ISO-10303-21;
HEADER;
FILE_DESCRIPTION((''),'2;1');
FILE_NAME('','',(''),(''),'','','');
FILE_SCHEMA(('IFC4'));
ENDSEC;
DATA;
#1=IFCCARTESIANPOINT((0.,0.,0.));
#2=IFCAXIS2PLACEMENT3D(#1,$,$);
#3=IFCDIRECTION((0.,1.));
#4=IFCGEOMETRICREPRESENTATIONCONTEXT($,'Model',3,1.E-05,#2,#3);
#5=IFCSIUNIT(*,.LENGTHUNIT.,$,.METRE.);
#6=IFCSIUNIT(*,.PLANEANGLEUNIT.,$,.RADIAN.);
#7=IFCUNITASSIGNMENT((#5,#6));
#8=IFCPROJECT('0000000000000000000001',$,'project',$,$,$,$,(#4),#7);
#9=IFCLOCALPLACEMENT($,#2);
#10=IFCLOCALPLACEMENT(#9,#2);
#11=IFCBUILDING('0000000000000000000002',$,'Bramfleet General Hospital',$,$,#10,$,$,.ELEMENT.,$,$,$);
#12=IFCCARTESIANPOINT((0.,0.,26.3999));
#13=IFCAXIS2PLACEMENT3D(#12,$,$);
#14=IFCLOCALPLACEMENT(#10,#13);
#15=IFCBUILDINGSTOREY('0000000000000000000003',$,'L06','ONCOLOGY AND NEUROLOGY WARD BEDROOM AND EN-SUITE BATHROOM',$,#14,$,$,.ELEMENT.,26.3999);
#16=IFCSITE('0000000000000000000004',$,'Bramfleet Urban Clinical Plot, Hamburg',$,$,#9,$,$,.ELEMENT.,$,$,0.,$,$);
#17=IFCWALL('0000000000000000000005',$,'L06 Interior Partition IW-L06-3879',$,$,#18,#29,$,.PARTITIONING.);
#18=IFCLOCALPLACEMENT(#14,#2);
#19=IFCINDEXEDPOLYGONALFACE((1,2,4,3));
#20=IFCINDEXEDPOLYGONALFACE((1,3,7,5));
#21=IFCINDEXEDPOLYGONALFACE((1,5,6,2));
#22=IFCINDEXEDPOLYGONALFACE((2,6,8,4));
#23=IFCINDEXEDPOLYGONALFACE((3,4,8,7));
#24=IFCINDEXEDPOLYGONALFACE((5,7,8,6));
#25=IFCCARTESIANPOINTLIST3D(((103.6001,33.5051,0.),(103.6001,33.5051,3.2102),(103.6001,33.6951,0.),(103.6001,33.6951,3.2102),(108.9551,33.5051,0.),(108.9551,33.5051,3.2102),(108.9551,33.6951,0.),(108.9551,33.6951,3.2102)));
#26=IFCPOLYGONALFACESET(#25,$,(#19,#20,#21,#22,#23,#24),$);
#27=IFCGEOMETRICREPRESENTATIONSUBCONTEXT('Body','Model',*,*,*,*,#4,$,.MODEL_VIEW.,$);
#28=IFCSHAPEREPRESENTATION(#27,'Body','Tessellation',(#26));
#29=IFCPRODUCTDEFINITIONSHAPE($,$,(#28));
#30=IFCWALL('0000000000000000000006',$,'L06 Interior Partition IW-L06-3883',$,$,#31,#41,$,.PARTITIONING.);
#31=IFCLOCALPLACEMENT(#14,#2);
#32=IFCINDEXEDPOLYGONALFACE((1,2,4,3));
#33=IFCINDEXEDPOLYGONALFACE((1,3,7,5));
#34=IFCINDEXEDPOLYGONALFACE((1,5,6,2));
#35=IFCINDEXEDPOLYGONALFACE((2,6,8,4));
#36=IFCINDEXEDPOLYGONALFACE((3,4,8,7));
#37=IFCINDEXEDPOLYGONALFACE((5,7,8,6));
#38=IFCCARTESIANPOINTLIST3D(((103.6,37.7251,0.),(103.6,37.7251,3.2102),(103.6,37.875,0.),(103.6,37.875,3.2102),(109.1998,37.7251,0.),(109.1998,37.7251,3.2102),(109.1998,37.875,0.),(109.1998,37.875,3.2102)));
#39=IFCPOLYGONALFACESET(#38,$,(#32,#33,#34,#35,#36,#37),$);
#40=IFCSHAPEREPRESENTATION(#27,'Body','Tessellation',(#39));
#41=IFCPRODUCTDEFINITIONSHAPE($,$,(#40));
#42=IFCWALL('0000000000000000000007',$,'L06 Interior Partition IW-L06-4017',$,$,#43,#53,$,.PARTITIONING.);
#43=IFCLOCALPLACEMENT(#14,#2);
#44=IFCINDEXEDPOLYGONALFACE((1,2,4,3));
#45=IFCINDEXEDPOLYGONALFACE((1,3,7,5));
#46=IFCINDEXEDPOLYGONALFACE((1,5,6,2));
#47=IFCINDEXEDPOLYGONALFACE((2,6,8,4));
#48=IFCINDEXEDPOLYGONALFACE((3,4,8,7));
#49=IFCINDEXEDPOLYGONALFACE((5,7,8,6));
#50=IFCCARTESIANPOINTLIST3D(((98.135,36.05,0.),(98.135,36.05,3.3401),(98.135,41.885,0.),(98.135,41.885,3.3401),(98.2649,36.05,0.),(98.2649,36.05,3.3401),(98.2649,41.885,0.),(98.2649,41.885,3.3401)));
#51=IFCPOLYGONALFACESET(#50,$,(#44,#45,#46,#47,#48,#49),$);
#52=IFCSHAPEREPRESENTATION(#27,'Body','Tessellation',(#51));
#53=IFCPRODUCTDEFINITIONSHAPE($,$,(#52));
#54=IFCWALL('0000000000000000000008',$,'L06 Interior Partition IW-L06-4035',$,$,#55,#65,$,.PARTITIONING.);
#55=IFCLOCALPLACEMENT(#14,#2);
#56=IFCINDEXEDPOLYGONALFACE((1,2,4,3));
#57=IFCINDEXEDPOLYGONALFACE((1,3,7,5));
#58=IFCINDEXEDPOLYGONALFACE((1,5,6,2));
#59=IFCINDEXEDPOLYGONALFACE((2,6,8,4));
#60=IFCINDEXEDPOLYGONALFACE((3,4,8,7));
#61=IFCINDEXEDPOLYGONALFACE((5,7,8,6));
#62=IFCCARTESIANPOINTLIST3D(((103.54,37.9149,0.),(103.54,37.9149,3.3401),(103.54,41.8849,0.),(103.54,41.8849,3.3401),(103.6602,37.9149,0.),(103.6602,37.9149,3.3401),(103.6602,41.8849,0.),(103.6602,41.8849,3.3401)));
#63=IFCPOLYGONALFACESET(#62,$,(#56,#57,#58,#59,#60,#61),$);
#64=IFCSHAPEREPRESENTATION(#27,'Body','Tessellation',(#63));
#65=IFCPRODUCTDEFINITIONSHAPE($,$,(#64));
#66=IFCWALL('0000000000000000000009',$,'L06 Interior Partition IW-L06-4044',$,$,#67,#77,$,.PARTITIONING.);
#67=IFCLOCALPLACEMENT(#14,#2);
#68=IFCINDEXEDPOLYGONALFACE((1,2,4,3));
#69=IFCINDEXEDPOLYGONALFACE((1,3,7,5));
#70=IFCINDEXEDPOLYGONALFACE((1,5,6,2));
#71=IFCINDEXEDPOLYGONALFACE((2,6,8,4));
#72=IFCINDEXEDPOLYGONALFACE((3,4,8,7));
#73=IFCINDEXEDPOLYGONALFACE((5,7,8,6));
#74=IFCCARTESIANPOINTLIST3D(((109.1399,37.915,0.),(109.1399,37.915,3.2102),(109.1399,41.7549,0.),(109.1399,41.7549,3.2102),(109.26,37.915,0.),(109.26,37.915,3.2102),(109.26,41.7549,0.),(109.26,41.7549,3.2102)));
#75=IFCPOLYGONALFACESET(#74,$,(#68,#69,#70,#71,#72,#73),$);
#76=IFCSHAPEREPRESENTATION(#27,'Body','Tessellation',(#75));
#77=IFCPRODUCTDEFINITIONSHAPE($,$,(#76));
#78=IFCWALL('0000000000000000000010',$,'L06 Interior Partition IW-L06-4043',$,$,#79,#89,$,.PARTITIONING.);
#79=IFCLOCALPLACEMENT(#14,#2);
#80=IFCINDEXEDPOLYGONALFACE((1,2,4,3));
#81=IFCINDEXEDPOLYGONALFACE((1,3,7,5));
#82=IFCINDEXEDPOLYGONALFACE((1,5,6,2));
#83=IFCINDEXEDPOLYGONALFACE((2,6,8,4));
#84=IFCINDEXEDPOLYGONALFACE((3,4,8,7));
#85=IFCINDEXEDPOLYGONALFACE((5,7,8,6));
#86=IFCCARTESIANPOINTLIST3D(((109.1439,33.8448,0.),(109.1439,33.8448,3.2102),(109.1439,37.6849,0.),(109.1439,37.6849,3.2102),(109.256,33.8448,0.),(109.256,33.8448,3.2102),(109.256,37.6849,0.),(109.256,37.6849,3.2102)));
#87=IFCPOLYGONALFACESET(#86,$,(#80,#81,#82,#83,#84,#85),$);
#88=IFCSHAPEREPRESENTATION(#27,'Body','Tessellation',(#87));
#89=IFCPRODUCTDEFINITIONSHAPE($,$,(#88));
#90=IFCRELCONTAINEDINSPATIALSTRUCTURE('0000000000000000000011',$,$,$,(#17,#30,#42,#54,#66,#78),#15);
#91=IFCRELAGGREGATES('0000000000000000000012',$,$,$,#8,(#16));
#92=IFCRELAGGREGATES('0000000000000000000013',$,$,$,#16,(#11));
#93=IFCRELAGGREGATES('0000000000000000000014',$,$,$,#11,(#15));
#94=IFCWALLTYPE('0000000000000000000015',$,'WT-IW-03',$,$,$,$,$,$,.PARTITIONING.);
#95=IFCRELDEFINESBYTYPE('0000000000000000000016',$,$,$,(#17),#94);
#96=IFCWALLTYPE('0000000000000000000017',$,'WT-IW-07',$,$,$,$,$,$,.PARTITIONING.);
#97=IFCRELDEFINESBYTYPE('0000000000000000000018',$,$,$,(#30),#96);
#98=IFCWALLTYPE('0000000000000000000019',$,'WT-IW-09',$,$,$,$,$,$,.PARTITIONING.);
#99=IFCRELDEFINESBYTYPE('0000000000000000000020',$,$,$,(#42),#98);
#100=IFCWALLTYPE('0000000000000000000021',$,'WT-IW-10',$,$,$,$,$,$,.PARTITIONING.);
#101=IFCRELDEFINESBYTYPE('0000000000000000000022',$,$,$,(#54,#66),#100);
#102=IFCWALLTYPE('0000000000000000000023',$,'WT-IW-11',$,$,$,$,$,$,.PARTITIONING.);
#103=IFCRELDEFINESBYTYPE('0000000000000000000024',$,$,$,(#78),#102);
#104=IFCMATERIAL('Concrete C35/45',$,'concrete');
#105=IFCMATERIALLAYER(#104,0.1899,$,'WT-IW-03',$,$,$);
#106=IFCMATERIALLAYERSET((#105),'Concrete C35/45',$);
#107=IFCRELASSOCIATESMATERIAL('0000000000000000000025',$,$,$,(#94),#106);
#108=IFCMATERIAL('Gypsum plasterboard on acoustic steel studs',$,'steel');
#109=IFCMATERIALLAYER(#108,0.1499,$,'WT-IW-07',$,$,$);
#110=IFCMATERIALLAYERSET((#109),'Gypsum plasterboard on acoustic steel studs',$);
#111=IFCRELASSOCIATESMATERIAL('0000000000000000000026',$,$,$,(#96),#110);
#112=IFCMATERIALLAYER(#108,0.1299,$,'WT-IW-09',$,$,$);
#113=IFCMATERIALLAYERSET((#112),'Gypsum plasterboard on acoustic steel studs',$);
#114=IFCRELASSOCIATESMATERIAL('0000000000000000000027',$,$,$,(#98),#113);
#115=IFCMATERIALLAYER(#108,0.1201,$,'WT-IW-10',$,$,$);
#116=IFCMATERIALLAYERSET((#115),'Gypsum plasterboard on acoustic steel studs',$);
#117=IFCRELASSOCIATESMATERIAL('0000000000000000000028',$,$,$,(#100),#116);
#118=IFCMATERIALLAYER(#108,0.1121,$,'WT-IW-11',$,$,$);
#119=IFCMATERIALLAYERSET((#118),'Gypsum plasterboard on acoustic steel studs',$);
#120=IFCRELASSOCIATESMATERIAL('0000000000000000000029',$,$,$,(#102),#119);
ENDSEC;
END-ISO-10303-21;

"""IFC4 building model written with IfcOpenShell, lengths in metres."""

from ifc_helpers import new_model, si_unit, direction, frame, frame_2d, origin, place, context, subcontext, project, spatial, rectangle, extrude, material, layer, layer_set, type_object, element, save


model = new_model("IFC4")

# Units and contexts
model_context = context("Model", 3, precision=1e-05, world=origin(), true_north=direction((0.0, 1.0)))
body_context = subcontext(model_context, "Body", "Model", "MODEL_VIEW")
ifc_project = project(units=[si_unit("LENGTHUNIT", "METRE"), si_unit("PLANEANGLEUNIT", "RADIAN")], contexts=[model_context])

# Site, building, storey
site_placement = place(None, origin())
site = spatial("IfcSite", under=ifc_project, at=site_placement, Name="Bramfleet Urban Clinical Plot, Hamburg", CompositionType="ELEMENT", RefElevation=0.0)
building_placement = place(site_placement, origin())
building = spatial("IfcBuilding", under=site, at=building_placement, Name="Bramfleet General Hospital", CompositionType="ELEMENT")
storey_placement = place(building_placement, frame((0.0, 0.0, 26.3999)))
storey = spatial("IfcBuildingStorey", under=building, at=storey_placement, Name="L06", Description="ONCOLOGY AND NEUROLOGY WARD BEDROOM AND EN-SUITE BATHROOM", CompositionType="ELEMENT", Elevation=26.3999)

# Shared definitions
ifc_material_1 = material(Name="Concrete C35/45", Category="concrete")

# Walls
ifc_layer_1 = layer(ifc_material_1, 0.1899, Name="WT-IW-03")
ifc_layer_set_1 = layer_set([ifc_layer_1], Name="Concrete C35/45")
wall_type_1 = type_object("IfcWallType", Name="WT-IW-03", PredefinedType="PARTITIONING", material=ifc_layer_set_1)
wall_1_placement = place(storey_placement, frame((103.6001, 33.6001, 0.0), z_axis=(0.0, 0.0, 1.0), x_axis=(1.0, 0.0, 0.0)))
element("IfcWall", 1, at=wall_1_placement, inside=storey, type_object=wall_type_1, Name="L06 Interior Partition IW-L06-3879", PredefinedType="PARTITIONING", context=body_context, shape_type="SweptSolid", body=[
    extrude(rectangle(XDim=5.355, YDim=0.1899, at=frame_2d((2.6775, 0.0))), origin(), (0.0, 0.0, 1.0), 3.2102),
])
ifc_material_2 = material(Name="Gypsum plasterboard on acoustic steel studs", Category="steel")
ifc_layer_2 = layer(ifc_material_2, 0.1499, Name="WT-IW-07")
ifc_layer_set_2 = layer_set([ifc_layer_2], Name="Gypsum plasterboard on acoustic steel studs")
wall_type_2 = type_object("IfcWallType", Name="WT-IW-07", PredefinedType="PARTITIONING", material=ifc_layer_set_2)
wall_2_placement = place(storey_placement, frame((103.6001, 37.8, 0.0), z_axis=(0.0, 0.0, 1.0), x_axis=(1.0, 0.0, 0.0)))
element("IfcWall", 2, at=wall_2_placement, inside=storey, type_object=wall_type_2, Name="L06 Interior Partition IW-L06-3883", PredefinedType="PARTITIONING", context=body_context, shape_type="SweptSolid", body=[
    extrude(rectangle(XDim=5.5999, YDim=0.1499, at=frame_2d((2.7998, 0.0))), origin(), (0.0, 0.0, 1.0), 3.2102),
])
ifc_layer_3 = layer(ifc_material_2, 0.1299, Name="WT-IW-09")
ifc_layer_set_3 = layer_set([ifc_layer_3], Name="Gypsum plasterboard on acoustic steel studs")
wall_type_3 = type_object("IfcWallType", Name="WT-IW-09", PredefinedType="PARTITIONING", material=ifc_layer_set_3)
wall_3_placement = place(storey_placement, frame((98.2, 36.05, 0.0), z_axis=(0.0, 0.0, 1.0), x_axis=(0.0, 1.0, 0.0)))
element("IfcWall", 3, at=wall_3_placement, inside=storey, type_object=wall_type_3, Name="L06 Interior Partition IW-L06-4017", PredefinedType="PARTITIONING", context=body_context, shape_type="SweptSolid", body=[
    extrude(rectangle(XDim=5.835, YDim=0.1299, at=frame_2d((2.9175, 0.0))), origin(), (0.0, 0.0, 1.0), 3.3401),
])
ifc_layer_4 = layer(ifc_material_2, 0.1201, Name="WT-IW-10")
ifc_layer_set_4 = layer_set([ifc_layer_4], Name="Gypsum plasterboard on acoustic steel studs")
wall_type_4 = type_object("IfcWallType", Name="WT-IW-10", PredefinedType="PARTITIONING", material=ifc_layer_set_4)
wall_4_placement = place(storey_placement, frame((103.6001, 37.915, 0.0), z_axis=(0.0, 0.0, 1.0), x_axis=(0.0, 1.0, 0.0)))
element("IfcWall", 4, at=wall_4_placement, inside=storey, type_object=wall_type_4, Name="L06 Interior Partition IW-L06-4035", PredefinedType="PARTITIONING", context=body_context, shape_type="SweptSolid", body=[
    extrude(rectangle(XDim=3.97, YDim=0.1201, at=frame_2d((1.9849, 0.0))), origin(), (0.0, 0.0, 1.0), 3.3401),
])
wall_5_placement = place(storey_placement, frame((109.2, 37.915, 0.0), z_axis=(0.0, 0.0, 1.0), x_axis=(0.0, 1.0, 0.0)))
element("IfcWall", 5, at=wall_5_placement, inside=storey, type_object=wall_type_4, Name="L06 Interior Partition IW-L06-4044", PredefinedType="PARTITIONING", context=body_context, shape_type="SweptSolid", body=[
    extrude(rectangle(XDim=3.8398, YDim=0.1201, at=frame_2d((1.9199, 0.0))), origin(), (0.0, 0.0, 1.0), 3.2102),
])
ifc_layer_5 = layer(ifc_material_2, 0.1121, Name="WT-IW-11")
ifc_layer_set_5 = layer_set([ifc_layer_5], Name="Gypsum plasterboard on acoustic steel studs")
wall_type_5 = type_object("IfcWallType", Name="WT-IW-11", PredefinedType="PARTITIONING", material=ifc_layer_set_5)
wall_6_placement = place(storey_placement, frame((109.2, 33.845, 0.0), z_axis=(0.0, 0.0, 1.0), x_axis=(0.0, 1.0, 0.0)))
element("IfcWall", 6, at=wall_6_placement, inside=storey, type_object=wall_type_5, Name="L06 Interior Partition IW-L06-4043", PredefinedType="PARTITIONING", context=body_context, shape_type="SweptSolid", body=[
    extrude(rectangle(XDim=3.8401, YDim=0.1121, at=frame_2d((1.9199, 0.0))), origin(), (0.0, 0.0, 1.0), 3.2102),
])

save(model, "model.ifc")
